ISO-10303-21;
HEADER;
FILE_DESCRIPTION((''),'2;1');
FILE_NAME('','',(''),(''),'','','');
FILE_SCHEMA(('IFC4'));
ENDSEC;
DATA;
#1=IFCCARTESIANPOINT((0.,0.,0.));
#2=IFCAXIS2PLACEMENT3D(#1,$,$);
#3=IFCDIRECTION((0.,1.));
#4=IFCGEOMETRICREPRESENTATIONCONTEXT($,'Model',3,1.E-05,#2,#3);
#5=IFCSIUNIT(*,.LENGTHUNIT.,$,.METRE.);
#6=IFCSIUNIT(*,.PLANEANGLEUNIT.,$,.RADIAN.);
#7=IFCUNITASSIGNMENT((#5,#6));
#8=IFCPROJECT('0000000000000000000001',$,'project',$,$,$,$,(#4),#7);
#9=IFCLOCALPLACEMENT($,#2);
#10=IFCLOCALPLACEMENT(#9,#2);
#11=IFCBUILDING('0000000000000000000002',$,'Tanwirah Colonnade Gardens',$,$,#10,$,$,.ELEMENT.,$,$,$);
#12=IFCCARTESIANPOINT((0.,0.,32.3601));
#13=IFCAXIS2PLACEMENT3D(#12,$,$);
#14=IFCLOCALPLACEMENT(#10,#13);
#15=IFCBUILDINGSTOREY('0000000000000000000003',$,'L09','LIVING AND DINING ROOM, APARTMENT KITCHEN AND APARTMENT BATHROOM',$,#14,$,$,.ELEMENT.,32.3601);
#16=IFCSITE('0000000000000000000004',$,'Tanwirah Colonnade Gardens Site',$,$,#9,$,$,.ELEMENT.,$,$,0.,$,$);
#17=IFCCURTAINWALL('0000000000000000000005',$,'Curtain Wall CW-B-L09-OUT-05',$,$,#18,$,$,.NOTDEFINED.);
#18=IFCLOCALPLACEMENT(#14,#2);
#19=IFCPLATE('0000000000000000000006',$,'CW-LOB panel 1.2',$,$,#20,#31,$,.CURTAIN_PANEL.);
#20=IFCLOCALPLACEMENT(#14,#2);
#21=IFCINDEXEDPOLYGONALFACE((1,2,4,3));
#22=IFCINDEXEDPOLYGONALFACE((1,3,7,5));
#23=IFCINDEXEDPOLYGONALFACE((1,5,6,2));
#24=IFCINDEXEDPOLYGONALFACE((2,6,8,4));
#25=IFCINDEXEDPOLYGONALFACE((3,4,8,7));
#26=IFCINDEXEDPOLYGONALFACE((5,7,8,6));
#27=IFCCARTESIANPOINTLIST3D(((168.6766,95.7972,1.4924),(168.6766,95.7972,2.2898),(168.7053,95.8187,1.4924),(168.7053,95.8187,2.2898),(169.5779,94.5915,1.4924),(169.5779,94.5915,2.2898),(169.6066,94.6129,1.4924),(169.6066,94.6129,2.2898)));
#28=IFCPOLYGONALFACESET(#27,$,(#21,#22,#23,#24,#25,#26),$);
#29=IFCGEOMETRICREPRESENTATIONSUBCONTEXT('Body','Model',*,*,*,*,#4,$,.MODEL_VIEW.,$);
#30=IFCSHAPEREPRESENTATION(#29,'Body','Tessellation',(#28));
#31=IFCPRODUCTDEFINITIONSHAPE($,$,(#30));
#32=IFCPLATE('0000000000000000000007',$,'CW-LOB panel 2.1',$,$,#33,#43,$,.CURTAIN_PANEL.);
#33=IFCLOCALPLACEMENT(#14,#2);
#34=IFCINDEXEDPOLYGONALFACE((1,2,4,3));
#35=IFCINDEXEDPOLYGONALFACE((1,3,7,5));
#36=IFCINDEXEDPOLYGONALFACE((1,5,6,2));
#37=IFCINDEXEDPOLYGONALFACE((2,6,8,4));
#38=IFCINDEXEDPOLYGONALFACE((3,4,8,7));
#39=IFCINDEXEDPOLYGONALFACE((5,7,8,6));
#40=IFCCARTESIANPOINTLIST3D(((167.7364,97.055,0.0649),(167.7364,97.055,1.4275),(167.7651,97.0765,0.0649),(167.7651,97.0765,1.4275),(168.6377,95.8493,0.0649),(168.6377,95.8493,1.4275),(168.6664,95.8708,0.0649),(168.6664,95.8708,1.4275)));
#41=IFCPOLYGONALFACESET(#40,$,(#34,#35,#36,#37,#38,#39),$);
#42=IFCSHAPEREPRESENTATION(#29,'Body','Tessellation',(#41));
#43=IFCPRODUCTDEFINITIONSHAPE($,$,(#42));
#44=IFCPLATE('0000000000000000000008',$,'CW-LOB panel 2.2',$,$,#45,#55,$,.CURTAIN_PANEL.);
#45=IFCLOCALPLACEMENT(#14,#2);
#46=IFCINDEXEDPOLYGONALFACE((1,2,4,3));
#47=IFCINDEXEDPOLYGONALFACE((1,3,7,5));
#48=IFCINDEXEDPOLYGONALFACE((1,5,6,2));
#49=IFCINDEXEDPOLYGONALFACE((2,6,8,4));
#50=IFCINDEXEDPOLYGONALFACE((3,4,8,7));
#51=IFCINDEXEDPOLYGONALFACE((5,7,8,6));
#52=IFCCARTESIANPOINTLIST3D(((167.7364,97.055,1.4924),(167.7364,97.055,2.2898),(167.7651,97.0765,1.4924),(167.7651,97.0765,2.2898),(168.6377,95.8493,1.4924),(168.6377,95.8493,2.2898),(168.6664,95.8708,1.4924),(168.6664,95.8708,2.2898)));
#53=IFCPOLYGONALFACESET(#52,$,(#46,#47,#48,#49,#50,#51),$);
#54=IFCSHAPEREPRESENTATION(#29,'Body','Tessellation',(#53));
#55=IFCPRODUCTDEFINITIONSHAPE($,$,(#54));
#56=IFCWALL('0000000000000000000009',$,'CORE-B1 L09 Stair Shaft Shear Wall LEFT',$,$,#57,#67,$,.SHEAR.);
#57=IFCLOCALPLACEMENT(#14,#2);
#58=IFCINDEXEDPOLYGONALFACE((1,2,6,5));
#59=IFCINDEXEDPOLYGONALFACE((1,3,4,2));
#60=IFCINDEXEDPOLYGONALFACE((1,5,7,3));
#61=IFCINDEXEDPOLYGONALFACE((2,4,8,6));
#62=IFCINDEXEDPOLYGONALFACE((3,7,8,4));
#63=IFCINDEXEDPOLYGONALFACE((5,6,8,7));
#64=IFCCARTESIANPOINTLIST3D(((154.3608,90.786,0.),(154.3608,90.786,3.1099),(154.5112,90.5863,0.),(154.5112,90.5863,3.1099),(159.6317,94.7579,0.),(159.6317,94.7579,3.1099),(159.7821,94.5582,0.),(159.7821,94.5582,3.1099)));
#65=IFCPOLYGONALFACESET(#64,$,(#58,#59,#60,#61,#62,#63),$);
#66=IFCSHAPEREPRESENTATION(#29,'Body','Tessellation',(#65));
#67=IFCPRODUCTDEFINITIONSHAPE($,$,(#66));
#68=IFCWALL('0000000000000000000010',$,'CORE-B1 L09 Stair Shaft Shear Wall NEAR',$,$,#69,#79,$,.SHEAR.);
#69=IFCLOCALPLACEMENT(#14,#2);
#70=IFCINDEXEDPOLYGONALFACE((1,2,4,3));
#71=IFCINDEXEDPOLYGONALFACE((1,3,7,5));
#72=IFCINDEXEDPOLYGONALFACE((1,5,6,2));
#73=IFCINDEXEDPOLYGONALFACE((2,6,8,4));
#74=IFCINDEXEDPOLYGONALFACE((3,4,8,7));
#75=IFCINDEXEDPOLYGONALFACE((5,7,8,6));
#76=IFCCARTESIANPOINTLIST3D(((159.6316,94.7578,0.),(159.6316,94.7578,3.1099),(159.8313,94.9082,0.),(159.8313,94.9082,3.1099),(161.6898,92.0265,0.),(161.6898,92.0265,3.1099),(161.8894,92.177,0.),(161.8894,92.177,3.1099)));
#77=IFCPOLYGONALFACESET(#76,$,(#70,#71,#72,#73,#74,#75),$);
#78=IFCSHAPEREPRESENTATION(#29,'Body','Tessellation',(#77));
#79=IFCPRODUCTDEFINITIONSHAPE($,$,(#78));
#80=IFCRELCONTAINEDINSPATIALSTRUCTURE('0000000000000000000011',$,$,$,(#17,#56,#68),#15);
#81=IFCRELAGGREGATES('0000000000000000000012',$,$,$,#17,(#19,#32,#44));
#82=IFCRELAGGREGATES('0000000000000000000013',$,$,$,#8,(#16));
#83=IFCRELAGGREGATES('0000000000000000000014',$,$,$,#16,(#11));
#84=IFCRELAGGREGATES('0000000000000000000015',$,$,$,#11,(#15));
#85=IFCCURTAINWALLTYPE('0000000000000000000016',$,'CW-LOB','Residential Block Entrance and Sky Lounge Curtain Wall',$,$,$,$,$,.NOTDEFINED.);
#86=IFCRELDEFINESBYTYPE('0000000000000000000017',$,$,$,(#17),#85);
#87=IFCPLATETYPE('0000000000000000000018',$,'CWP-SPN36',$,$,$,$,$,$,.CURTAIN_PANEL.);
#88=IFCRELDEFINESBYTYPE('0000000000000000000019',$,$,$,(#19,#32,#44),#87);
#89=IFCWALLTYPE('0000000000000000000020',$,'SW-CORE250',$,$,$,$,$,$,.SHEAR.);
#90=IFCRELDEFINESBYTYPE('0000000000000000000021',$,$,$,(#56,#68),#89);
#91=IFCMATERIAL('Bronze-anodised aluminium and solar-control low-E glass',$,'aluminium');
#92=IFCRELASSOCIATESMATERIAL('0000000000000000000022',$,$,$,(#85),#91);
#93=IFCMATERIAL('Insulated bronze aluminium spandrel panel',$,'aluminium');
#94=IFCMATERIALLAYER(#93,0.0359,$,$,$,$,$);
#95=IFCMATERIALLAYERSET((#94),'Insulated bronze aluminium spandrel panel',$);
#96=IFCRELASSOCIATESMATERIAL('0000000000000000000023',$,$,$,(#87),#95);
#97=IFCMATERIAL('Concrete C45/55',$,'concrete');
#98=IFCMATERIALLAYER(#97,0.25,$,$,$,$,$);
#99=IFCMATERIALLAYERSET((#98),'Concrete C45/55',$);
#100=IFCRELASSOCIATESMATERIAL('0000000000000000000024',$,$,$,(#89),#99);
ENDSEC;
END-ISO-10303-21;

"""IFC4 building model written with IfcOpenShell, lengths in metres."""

from ifc_helpers import new_model, si_unit, direction, frame, frame_2d, origin, origin_2d, place, context, subcontext, project, spatial, rectangle, extrude, material, layer, layer_set, type_object, element, aggregate, save


model = new_model("IFC4")

# Units and contexts
model_context = context("Model", 3, precision=1e-05, world=origin(), true_north=direction((0.0, 1.0)))
body_context = subcontext(model_context, "Body", "Model", "MODEL_VIEW")
ifc_project = project(units=[si_unit("LENGTHUNIT", "METRE"), si_unit("PLANEANGLEUNIT", "RADIAN")], contexts=[model_context])

# Site, building, storey
site_placement = place(None, origin())
site = spatial("IfcSite", under=ifc_project, at=site_placement, Name="Tanwirah Colonnade Gardens Site", CompositionType="ELEMENT", RefElevation=0.0)
building_placement = place(site_placement, origin())
building = spatial("IfcBuilding", under=site, at=building_placement, Name="Tanwirah Colonnade Gardens", CompositionType="ELEMENT")
storey_placement = place(building_placement, frame((0.0, 0.0, 32.3601)))
storey = spatial("IfcBuildingStorey", under=building, at=storey_placement, Name="L09", Description="LIVING AND DINING ROOM, APARTMENT KITCHEN AND APARTMENT BATHROOM", CompositionType="ELEMENT", Elevation=32.3601)

# Curtain wall
ifc_material_1 = material(Name="Bronze-anodised aluminium and solar-control low-E glass", Category="aluminium")
curtain_wall_type = type_object("IfcCurtainWallType", Name="CW-LOB", Description="Residential Block Entrance and Sky Lounge Curtain Wall", PredefinedType="NOTDEFINED", material=ifc_material_1)
curtain_wall_placement = place(storey_placement, origin())
curtain_wall = element("IfcCurtainWall", 1, at=curtain_wall_placement, inside=storey, type_object=curtain_wall_type, Name="Curtain Wall CW-B-L09-OUT-05", PredefinedType="NOTDEFINED")

# Plates
ifc_material_2 = material(Name="Insulated bronze aluminium spandrel panel", Category="aluminium")
ifc_layer_1 = layer(ifc_material_2, 0.0359)
ifc_layer_set_1 = layer_set([ifc_layer_1], Name="Insulated bronze aluminium spandrel panel")
plate_type = type_object("IfcPlateType", Name="CWP-SPN36", PredefinedType="CURTAIN_PANEL", material=ifc_layer_set_1)
plate_1_placement = place(storey_placement, frame((169.1416, 95.2051, 1.4924), z_axis=(0.0, 0.0, 1.0), x_axis=(-0.598712, 0.800964, 0.0)))
plate_1 = element("IfcPlate", 2, at=plate_1_placement, type_object=plate_type, Name="CW-LOB panel 1.2", PredefinedType="CURTAIN_PANEL", context=body_context, shape_type="SweptSolid", body=[
    extrude(rectangle(XDim=1.5054, YDim=0.0359, at=origin_2d()), origin(), (0.0, 0.0, 1.0), 0.7974),
])
plate_2_placement = place(storey_placement, frame((168.2014, 96.4629, 0.0649), z_axis=(0.0, 0.0, 1.0), x_axis=(-0.598712, 0.800964, 0.0)))
plate_2 = element("IfcPlate", 3, at=plate_2_placement, type_object=plate_type, Name="CW-LOB panel 2.1", PredefinedType="CURTAIN_PANEL", context=body_context, shape_type="SweptSolid", body=[
    extrude(rectangle(XDim=1.5054, YDim=0.0359, at=origin_2d()), origin(), (0.0, 0.0, 1.0), 1.3625),
])
plate_3_placement = place(storey_placement, frame((168.2014, 96.4629, 1.4924), z_axis=(0.0, 0.0, 1.0), x_axis=(-0.598712, 0.800964, 0.0)))
plate_3 = element("IfcPlate", 4, at=plate_3_placement, type_object=plate_type, Name="CW-LOB panel 2.2", PredefinedType="CURTAIN_PANEL", context=body_context, shape_type="SweptSolid", body=[
    extrude(rectangle(XDim=1.5054, YDim=0.0359, at=origin_2d()), origin(), (0.0, 0.0, 1.0), 0.7974),
])
aggregate(curtain_wall, [plate_1, plate_2, plate_3])

# Walls
ifc_material_3 = material(Name="Concrete C45/55", Category="concrete")
ifc_layer_2 = layer(ifc_material_3, 0.25)
ifc_layer_set_2 = layer_set([ifc_layer_2], Name="Concrete C45/55")
wall_type_1 = type_object("IfcWallType", Name="SW-CORE250", PredefinedType="SHEAR", material=ifc_layer_set_2)
wall_1_placement = place(storey_placement, frame((159.7068, 94.658, 0.0), z_axis=(0.0, 0.0, 1.0), x_axis=(-0.79864, -0.60181, 0.0)))
element("IfcWall", 5, at=wall_1_placement, inside=storey, type_object=wall_type_1, Name="CORE-B1 L09 Stair Shaft Shear Wall LEFT", PredefinedType="SHEAR", context=body_context, shape_type="SweptSolid", body=[
    extrude(rectangle(XDim=6.5999, YDim=0.25, at=frame_2d((3.2998, 0.0))), origin(), (0.0, 0.0, 1.0), 3.1099),
])
wall_2_placement = place(storey_placement, frame((159.7314, 94.833, 0.0), z_axis=(0.0, 0.0, 1.0), x_axis=(0.601815, -0.798636, 0.0)))
element("IfcWall", 6, at=wall_2_placement, inside=storey, type_object=wall_type_1, Name="CORE-B1 L09 Stair Shaft Shear Wall NEAR", PredefinedType="SHEAR", context=body_context, shape_type="SweptSolid", body=[
    extrude(rectangle(XDim=3.4199, YDim=0.25, at=frame_2d((1.71, 0.0))), origin(), (0.0, 0.0, 1.0), 3.1099),
])

save(model, "model.ifc")
